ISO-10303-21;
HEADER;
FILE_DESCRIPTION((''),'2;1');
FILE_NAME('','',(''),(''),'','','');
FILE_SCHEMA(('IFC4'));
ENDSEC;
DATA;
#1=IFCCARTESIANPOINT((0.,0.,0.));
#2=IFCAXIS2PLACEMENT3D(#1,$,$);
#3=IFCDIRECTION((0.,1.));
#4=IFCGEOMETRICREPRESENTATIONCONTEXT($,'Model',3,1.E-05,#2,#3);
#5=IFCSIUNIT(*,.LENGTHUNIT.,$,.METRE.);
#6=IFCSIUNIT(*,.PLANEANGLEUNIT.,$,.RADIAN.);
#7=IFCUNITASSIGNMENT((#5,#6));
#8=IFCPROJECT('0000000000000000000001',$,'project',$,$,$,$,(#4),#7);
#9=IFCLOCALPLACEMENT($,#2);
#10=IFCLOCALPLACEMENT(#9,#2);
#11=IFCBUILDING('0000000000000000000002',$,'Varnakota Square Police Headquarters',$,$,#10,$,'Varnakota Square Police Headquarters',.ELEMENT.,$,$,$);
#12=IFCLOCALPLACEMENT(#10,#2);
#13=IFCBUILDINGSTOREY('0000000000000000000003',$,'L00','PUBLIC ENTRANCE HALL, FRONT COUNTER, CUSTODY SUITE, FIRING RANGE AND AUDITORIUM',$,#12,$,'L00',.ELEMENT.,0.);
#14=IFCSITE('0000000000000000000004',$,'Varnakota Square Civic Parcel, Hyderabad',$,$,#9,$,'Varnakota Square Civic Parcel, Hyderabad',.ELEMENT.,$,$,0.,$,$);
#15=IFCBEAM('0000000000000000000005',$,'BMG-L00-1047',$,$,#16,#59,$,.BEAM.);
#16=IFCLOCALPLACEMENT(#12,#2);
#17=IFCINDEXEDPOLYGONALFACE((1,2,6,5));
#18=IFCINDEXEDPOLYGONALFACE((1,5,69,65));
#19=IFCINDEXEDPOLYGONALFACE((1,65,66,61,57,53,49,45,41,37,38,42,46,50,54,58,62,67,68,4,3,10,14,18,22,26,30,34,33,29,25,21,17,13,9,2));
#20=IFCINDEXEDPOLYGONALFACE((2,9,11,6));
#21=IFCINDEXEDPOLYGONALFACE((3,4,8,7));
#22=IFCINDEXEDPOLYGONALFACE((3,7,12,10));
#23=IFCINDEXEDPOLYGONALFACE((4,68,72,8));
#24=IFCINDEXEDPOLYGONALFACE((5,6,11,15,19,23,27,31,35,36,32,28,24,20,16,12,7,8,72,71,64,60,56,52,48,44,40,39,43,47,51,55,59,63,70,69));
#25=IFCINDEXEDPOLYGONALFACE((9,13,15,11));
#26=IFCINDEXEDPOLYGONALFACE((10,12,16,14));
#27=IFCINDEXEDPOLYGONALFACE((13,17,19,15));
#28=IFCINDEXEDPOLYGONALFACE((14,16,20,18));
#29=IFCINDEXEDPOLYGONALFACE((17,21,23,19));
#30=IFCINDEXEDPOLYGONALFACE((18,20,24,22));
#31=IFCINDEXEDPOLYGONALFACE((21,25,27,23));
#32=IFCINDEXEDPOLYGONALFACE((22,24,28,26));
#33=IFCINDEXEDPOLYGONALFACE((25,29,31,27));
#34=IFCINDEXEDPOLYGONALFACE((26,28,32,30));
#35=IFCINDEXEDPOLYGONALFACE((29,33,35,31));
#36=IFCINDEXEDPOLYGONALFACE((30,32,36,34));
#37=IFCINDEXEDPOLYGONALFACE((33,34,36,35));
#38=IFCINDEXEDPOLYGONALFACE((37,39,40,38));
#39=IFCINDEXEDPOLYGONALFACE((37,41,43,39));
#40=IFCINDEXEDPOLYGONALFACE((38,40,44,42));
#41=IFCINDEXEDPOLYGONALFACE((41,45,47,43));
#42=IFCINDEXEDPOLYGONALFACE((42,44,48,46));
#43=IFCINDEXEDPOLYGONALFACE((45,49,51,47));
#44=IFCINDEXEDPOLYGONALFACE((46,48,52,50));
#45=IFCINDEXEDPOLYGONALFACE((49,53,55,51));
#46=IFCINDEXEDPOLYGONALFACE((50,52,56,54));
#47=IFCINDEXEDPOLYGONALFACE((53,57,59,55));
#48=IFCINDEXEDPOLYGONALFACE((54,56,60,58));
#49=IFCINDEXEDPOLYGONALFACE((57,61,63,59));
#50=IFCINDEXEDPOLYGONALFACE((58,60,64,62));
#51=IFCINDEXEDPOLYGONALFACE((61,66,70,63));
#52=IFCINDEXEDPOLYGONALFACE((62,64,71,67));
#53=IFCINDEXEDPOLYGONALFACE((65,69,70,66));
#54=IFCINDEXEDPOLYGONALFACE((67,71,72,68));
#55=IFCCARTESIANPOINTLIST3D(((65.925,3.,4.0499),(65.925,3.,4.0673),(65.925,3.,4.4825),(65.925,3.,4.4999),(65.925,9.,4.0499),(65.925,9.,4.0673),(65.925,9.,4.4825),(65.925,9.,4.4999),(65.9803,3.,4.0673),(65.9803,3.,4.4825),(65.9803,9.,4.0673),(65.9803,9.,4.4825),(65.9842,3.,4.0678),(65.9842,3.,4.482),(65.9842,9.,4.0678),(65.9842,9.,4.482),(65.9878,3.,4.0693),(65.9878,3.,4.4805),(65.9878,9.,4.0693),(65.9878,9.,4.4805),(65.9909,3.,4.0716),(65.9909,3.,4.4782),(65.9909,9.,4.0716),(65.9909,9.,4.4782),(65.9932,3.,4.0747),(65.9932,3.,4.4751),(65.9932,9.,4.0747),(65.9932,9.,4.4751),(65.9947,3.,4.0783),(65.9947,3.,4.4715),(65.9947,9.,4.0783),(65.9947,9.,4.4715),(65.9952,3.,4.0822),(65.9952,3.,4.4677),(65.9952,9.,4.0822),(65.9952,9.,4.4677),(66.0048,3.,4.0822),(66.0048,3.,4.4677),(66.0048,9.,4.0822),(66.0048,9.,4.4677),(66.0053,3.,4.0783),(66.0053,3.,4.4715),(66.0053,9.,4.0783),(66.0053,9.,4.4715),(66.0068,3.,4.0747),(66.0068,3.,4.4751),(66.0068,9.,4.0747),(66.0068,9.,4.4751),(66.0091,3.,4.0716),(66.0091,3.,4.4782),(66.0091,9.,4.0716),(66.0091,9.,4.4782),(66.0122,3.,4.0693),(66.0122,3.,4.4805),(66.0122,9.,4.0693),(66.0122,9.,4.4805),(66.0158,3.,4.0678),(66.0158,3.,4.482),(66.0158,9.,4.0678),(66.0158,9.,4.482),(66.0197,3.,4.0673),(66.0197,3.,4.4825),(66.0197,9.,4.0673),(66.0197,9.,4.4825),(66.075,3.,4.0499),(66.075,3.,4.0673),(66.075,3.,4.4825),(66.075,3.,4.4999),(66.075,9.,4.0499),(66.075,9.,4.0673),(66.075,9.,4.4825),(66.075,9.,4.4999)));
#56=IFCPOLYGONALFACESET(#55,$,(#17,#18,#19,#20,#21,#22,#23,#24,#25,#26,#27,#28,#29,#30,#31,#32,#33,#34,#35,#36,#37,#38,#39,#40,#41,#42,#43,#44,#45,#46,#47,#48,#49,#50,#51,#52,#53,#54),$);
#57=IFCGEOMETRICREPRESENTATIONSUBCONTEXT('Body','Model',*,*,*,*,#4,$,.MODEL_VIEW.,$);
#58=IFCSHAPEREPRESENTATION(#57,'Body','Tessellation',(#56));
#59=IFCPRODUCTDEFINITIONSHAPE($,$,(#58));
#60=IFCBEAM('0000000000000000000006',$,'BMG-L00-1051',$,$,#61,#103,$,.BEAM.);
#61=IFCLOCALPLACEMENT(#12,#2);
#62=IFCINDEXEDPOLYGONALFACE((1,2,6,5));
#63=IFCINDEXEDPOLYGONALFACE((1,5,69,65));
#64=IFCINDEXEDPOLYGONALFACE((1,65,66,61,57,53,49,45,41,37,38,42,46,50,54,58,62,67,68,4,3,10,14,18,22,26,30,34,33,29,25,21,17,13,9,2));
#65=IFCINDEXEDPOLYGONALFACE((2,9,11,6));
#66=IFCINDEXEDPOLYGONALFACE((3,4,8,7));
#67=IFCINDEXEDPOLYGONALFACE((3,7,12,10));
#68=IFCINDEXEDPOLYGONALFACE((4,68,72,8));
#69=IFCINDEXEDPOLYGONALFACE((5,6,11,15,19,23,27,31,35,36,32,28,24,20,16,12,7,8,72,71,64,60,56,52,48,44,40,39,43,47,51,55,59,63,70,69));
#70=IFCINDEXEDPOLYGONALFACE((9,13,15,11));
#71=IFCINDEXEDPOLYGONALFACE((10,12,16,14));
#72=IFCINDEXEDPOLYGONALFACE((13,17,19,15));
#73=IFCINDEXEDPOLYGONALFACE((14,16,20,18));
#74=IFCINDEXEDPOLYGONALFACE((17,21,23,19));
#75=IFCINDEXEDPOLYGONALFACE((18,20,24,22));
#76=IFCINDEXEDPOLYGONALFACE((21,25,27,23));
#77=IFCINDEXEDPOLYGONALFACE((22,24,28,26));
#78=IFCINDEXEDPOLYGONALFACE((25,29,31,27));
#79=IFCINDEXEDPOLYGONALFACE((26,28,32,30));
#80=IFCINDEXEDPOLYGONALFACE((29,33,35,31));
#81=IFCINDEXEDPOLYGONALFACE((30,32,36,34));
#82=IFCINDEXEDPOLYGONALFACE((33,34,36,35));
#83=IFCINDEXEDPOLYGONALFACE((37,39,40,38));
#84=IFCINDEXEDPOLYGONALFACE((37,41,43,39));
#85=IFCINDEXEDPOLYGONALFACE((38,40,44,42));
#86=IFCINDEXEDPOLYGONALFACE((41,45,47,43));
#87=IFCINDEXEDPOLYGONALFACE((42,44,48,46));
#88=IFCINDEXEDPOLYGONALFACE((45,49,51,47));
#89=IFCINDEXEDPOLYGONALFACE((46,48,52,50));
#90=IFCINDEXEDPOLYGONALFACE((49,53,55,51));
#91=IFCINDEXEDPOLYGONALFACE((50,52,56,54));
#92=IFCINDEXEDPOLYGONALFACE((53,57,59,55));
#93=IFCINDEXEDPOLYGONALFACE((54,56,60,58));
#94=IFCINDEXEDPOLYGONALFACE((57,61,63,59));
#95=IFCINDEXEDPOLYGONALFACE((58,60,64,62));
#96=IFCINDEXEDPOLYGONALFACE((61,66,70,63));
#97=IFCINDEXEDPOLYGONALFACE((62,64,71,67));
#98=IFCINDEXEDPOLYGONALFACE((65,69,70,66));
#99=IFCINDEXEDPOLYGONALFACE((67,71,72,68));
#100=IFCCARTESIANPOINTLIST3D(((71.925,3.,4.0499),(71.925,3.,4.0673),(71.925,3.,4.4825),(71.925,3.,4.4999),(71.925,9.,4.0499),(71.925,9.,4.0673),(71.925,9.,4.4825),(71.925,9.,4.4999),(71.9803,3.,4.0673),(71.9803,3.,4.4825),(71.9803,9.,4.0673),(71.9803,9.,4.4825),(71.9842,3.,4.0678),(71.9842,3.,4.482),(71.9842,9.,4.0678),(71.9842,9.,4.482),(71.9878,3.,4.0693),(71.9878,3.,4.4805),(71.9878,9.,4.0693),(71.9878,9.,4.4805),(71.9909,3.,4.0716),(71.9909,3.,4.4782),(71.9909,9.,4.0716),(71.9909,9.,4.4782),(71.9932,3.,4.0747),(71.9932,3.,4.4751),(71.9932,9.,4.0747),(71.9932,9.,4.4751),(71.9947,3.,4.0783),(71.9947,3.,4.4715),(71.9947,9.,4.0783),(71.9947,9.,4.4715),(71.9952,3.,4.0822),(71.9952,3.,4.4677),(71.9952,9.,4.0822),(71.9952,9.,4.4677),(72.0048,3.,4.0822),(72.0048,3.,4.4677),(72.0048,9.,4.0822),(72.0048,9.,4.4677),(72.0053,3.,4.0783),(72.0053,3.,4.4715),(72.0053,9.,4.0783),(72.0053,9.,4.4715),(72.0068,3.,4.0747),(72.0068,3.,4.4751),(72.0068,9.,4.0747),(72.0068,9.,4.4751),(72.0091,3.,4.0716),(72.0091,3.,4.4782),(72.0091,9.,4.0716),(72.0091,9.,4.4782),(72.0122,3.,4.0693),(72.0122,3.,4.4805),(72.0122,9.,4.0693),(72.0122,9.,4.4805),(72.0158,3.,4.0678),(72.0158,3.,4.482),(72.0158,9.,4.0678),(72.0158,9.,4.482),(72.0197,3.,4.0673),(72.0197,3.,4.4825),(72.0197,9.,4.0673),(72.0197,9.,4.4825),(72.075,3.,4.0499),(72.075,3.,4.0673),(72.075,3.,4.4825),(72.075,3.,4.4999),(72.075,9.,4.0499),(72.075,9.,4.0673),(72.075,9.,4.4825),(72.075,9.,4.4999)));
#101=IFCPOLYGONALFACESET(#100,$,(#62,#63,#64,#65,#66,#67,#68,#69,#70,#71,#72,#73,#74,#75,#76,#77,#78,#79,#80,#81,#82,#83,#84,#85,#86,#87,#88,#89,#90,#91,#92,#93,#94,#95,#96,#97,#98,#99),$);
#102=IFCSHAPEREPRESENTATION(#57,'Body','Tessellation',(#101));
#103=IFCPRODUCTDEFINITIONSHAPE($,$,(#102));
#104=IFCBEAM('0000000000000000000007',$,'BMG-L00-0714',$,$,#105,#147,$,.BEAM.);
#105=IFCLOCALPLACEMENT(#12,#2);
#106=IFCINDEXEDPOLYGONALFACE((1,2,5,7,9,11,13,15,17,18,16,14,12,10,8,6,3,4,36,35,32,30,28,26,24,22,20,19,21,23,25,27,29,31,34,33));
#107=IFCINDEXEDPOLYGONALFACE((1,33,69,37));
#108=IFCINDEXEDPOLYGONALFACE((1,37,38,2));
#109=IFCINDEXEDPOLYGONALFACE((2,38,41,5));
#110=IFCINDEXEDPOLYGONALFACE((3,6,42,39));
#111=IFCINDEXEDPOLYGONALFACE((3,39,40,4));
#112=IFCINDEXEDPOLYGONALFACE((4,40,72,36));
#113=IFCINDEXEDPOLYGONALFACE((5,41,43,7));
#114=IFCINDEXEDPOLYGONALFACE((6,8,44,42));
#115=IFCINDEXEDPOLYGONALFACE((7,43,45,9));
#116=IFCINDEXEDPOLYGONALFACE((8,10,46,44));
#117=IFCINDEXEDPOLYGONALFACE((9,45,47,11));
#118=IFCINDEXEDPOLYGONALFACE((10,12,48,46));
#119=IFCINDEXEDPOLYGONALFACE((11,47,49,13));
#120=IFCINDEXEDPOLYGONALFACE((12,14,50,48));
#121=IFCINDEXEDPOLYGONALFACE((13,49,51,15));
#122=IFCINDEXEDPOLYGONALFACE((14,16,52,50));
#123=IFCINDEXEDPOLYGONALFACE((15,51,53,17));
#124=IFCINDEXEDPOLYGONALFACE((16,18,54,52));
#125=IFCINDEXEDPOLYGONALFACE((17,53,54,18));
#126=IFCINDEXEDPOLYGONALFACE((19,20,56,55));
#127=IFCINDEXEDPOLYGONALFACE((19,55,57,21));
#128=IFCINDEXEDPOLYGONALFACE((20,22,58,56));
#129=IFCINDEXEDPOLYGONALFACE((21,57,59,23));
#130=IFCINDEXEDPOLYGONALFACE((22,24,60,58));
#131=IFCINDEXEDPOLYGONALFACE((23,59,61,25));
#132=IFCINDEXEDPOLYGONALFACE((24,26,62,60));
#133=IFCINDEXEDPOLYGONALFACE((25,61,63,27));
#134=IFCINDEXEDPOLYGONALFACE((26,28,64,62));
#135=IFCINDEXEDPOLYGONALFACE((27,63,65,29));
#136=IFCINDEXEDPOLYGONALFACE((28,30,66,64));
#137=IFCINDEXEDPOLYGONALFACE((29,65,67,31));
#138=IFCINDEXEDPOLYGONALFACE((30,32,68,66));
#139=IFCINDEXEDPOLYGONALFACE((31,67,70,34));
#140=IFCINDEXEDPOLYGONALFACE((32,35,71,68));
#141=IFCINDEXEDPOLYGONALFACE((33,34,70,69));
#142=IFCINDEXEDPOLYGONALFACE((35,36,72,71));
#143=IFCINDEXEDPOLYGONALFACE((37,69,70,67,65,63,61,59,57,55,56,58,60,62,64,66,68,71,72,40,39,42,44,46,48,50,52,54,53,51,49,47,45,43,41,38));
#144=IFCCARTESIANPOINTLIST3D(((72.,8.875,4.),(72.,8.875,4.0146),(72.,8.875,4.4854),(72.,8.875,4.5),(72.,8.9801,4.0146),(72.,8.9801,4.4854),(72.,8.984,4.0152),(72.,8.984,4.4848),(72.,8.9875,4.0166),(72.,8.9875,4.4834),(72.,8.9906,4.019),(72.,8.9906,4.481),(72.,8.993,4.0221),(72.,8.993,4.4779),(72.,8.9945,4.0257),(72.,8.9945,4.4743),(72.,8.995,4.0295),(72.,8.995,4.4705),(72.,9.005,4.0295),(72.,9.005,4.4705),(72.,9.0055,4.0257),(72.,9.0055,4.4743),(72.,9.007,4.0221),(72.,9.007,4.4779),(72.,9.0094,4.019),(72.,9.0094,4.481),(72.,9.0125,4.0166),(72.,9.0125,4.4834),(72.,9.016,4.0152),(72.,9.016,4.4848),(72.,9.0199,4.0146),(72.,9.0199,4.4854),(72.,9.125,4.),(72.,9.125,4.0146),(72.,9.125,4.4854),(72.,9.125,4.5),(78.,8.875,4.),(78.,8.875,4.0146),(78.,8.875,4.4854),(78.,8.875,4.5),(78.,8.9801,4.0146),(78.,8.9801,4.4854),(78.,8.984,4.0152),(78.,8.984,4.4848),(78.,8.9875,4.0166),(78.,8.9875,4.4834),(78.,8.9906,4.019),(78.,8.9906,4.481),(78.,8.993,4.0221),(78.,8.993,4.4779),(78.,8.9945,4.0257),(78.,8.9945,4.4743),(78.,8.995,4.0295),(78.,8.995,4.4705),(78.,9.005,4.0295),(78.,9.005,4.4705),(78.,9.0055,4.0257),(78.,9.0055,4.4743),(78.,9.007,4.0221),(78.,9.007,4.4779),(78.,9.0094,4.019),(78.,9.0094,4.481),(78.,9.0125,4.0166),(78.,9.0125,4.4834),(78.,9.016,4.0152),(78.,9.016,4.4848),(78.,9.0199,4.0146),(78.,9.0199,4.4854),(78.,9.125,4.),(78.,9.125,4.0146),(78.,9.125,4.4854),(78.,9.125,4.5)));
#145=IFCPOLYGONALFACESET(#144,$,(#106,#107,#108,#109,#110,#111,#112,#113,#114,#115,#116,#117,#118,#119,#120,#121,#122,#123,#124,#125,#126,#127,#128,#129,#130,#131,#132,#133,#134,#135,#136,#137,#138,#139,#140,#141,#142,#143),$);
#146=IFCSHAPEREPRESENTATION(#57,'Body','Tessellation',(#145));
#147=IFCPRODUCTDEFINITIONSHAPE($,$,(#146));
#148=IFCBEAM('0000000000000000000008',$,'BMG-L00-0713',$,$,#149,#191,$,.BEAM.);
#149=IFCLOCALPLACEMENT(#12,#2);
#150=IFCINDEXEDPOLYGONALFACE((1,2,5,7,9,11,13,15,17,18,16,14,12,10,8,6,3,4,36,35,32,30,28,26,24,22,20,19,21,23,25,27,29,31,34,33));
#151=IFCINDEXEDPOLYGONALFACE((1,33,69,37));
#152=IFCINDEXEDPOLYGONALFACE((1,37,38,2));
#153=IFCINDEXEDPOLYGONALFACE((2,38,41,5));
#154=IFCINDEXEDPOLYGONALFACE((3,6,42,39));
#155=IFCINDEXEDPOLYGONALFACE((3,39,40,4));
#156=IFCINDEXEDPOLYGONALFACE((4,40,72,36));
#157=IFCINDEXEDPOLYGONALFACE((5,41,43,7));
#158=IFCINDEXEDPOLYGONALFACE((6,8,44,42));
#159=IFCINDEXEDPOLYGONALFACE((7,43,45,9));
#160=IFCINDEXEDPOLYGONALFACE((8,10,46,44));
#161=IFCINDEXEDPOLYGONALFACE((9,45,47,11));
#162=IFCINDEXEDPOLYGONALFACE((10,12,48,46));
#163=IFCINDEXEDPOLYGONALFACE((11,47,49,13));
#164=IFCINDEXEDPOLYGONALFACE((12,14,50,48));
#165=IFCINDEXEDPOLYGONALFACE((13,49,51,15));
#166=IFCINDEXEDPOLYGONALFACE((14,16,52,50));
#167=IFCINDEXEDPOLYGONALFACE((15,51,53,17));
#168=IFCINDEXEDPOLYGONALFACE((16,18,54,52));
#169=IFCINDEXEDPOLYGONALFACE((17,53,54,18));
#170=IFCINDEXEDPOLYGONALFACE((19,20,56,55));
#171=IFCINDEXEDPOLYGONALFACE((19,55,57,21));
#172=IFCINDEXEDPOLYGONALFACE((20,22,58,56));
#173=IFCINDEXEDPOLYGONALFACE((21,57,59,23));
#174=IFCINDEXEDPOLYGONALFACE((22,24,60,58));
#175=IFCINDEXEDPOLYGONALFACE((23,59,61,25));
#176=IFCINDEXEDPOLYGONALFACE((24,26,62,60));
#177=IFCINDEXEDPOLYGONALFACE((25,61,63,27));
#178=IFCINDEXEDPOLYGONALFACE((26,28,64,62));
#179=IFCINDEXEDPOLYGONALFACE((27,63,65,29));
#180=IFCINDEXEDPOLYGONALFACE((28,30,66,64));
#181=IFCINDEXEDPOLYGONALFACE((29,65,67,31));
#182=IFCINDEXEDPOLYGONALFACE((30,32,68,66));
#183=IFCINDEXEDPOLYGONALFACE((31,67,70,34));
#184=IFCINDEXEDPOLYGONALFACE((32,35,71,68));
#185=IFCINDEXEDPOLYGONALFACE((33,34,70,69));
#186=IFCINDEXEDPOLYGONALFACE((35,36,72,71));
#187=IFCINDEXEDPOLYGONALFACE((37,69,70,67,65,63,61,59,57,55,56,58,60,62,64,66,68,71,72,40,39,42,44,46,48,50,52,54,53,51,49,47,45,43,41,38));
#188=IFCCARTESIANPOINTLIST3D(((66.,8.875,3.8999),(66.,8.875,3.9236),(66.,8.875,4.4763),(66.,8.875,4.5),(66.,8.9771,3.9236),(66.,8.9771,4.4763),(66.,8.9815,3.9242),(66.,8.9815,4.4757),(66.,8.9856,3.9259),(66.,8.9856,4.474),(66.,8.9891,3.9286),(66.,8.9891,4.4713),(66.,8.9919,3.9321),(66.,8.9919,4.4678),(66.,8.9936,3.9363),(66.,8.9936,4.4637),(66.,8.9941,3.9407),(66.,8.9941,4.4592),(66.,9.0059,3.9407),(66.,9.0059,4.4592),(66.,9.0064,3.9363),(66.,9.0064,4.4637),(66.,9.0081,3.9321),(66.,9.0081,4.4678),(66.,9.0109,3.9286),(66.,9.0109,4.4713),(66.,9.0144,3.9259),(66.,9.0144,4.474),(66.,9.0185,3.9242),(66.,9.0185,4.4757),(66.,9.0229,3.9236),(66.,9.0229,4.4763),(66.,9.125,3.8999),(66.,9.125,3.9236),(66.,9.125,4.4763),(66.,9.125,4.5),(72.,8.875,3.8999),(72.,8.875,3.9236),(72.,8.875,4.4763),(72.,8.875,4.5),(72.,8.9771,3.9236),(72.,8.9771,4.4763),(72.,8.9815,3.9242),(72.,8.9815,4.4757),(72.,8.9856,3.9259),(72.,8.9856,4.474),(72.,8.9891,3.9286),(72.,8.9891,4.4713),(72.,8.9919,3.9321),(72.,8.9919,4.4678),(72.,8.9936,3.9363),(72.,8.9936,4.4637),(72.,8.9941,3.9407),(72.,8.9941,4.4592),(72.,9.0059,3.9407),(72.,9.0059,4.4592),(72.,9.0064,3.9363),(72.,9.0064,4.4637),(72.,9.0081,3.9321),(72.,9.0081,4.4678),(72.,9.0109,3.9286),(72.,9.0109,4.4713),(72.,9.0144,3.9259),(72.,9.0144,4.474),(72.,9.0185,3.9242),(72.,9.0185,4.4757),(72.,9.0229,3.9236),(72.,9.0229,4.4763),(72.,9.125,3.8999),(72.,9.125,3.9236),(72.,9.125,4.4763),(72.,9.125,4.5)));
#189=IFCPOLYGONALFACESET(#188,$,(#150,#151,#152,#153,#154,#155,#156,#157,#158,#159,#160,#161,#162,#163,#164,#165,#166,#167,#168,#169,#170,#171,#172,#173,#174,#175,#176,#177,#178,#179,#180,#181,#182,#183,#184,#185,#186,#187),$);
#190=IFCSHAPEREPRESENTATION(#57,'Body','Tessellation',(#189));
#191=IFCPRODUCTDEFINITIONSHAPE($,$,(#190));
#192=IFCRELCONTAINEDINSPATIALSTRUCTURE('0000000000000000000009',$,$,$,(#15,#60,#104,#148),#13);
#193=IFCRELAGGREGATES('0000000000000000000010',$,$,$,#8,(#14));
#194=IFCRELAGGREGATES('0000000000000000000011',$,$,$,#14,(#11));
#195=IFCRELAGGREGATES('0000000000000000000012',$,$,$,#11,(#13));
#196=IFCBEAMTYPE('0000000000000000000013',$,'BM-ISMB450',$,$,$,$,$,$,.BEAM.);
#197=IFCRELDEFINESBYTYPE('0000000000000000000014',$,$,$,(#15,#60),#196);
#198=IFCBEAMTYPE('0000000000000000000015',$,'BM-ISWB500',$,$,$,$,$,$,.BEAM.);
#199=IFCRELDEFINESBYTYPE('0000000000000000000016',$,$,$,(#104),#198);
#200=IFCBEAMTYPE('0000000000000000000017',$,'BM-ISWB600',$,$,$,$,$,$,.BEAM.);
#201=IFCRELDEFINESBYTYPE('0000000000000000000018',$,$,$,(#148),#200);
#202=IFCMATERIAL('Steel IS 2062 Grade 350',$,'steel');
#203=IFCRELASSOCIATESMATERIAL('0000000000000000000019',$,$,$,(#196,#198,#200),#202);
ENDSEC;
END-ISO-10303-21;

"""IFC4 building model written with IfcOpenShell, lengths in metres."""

from ifc_helpers import new_model, si_unit, direction, frame, origin, origin_2d, place, context, subcontext, project, spatial, i_section, extrude, material, material_profile, profile_set, type_object, element, save


model = new_model("IFC4")

# Units and contexts
model_context = context("Model", 3, precision=1e-05, world=origin(), true_north=direction((0.0, 1.0)))
body_context = subcontext(model_context, "Body", "Model", "MODEL_VIEW")
ifc_project = project(units=[si_unit("LENGTHUNIT", "METRE"), si_unit("PLANEANGLEUNIT", "RADIAN")], contexts=[model_context])

# Site, building, storey
site_placement = place(None, origin())
site = spatial("IfcSite", under=ifc_project, at=site_placement, Name="Varnakota Square Civic Parcel, Hyderabad", LongName="Varnakota Square Civic Parcel, Hyderabad", CompositionType="ELEMENT", RefElevation=0.0)
building_placement = place(site_placement, origin())
building = spatial("IfcBuilding", under=site, at=building_placement, Name="Varnakota Square Police Headquarters", LongName="Varnakota Square Police Headquarters", CompositionType="ELEMENT")
storey_placement = place(building_placement, origin())
storey = spatial("IfcBuildingStorey", under=building, at=storey_placement, Name="L00", Description="PUBLIC ENTRANCE HALL, FRONT COUNTER, CUSTODY SUITE, FIRING RANGE AND AUDITORIUM", LongName="L00", CompositionType="ELEMENT", Elevation=0.0)

# Beams
ifc_material_1 = material(Name="Steel IS 2062 Grade 350", Category="steel")
ifc_material_profile_1 = material_profile(ifc_material_1, i_section(OverallWidth=0.1499, OverallDepth=0.45, WebThickness=0.0095, FlangeThickness=0.0173, FilletRadius=0.0149, at=origin_2d()), Name="ISMB 450")
ifc_profile_set_1 = profile_set([ifc_material_profile_1], Name="Steel IS 2062 Grade 350")
beam_type_1 = type_object("IfcBeamType", Name="BM-ISMB450", PredefinedType="BEAM", material=ifc_profile_set_1)
for number, where, z_axis, x_axis, name in (
    (1, (66.0, 3.0, 4.2749), (0.0, 1.0, 0.0), (-1.0, 0.0, 0.0), "BMG-L00-1047"),
    (2, (72.0, 3.0, 4.2749), (0.0, 1.0, 0.0), (-1.0, 0.0, 0.0), "BMG-L00-1051"),
):
    element("IfcBeam", number, at=place(storey_placement, frame(where, z_axis=z_axis, x_axis=x_axis)), inside=storey, type_object=beam_type_1, Name=name, PredefinedType="BEAM", context=body_context, shape_type="SweptSolid", body=[
        extrude(i_section(OverallWidth=0.1499, OverallDepth=0.45, WebThickness=0.0095, FlangeThickness=0.0173, FilletRadius=0.0149, at=origin_2d()), origin(), (0.0, 0.0, 1.0), 6.0),
    ])
ifc_material_profile_2 = material_profile(ifc_material_1, i_section(OverallWidth=0.25, OverallDepth=0.5, WebThickness=0.01, FlangeThickness=0.0146, FilletRadius=0.0149, at=origin_2d()), Name="ISWB 500")
ifc_profile_set_2 = profile_set([ifc_material_profile_2], Name="Steel IS 2062 Grade 350")
beam_type_2 = type_object("IfcBeamType", Name="BM-ISWB500", PredefinedType="BEAM", material=ifc_profile_set_2)
beam_1_placement = place(storey_placement, frame((72.0, 9.0, 4.25), z_axis=(1.0, 0.0, 0.0), x_axis=(0.0, 1.0, 0.0)))
element("IfcBeam", 3, at=beam_1_placement, inside=storey, type_object=beam_type_2, Name="BMG-L00-0714", PredefinedType="BEAM", context=body_context, shape_type="SweptSolid", body=[
    extrude(i_section(OverallWidth=0.25, OverallDepth=0.5, WebThickness=0.01, FlangeThickness=0.0146, FilletRadius=0.0149, at=origin_2d()), origin(), (0.0, 0.0, 1.0), 6.0),
])
ifc_material_profile_3 = material_profile(ifc_material_1, i_section(OverallWidth=0.25, OverallDepth=0.6001, WebThickness=0.0117, FlangeThickness=0.0237, FilletRadius=0.0171, at=origin_2d()), Name="ISWB 600")
ifc_profile_set_3 = profile_set([ifc_material_profile_3], Name="Steel IS 2062 Grade 350")
beam_type_3 = type_object("IfcBeamType", Name="BM-ISWB600", PredefinedType="BEAM", material=ifc_profile_set_3)
beam_2_placement = place(storey_placement, frame((66.0, 9.0, 4.2), z_axis=(1.0, 0.0, 0.0), x_axis=(0.0, 1.0, 0.0)))
element("IfcBeam", 4, at=beam_2_placement, inside=storey, type_object=beam_type_3, Name="BMG-L00-0713", PredefinedType="BEAM", context=body_context, shape_type="SweptSolid", body=[
    extrude(i_section(OverallWidth=0.25, OverallDepth=0.6001, WebThickness=0.0117, FlangeThickness=0.0237, FilletRadius=0.0171, at=origin_2d()), origin(), (0.0, 0.0, 1.0), 6.0),
])

save(model, "model.ifc")
